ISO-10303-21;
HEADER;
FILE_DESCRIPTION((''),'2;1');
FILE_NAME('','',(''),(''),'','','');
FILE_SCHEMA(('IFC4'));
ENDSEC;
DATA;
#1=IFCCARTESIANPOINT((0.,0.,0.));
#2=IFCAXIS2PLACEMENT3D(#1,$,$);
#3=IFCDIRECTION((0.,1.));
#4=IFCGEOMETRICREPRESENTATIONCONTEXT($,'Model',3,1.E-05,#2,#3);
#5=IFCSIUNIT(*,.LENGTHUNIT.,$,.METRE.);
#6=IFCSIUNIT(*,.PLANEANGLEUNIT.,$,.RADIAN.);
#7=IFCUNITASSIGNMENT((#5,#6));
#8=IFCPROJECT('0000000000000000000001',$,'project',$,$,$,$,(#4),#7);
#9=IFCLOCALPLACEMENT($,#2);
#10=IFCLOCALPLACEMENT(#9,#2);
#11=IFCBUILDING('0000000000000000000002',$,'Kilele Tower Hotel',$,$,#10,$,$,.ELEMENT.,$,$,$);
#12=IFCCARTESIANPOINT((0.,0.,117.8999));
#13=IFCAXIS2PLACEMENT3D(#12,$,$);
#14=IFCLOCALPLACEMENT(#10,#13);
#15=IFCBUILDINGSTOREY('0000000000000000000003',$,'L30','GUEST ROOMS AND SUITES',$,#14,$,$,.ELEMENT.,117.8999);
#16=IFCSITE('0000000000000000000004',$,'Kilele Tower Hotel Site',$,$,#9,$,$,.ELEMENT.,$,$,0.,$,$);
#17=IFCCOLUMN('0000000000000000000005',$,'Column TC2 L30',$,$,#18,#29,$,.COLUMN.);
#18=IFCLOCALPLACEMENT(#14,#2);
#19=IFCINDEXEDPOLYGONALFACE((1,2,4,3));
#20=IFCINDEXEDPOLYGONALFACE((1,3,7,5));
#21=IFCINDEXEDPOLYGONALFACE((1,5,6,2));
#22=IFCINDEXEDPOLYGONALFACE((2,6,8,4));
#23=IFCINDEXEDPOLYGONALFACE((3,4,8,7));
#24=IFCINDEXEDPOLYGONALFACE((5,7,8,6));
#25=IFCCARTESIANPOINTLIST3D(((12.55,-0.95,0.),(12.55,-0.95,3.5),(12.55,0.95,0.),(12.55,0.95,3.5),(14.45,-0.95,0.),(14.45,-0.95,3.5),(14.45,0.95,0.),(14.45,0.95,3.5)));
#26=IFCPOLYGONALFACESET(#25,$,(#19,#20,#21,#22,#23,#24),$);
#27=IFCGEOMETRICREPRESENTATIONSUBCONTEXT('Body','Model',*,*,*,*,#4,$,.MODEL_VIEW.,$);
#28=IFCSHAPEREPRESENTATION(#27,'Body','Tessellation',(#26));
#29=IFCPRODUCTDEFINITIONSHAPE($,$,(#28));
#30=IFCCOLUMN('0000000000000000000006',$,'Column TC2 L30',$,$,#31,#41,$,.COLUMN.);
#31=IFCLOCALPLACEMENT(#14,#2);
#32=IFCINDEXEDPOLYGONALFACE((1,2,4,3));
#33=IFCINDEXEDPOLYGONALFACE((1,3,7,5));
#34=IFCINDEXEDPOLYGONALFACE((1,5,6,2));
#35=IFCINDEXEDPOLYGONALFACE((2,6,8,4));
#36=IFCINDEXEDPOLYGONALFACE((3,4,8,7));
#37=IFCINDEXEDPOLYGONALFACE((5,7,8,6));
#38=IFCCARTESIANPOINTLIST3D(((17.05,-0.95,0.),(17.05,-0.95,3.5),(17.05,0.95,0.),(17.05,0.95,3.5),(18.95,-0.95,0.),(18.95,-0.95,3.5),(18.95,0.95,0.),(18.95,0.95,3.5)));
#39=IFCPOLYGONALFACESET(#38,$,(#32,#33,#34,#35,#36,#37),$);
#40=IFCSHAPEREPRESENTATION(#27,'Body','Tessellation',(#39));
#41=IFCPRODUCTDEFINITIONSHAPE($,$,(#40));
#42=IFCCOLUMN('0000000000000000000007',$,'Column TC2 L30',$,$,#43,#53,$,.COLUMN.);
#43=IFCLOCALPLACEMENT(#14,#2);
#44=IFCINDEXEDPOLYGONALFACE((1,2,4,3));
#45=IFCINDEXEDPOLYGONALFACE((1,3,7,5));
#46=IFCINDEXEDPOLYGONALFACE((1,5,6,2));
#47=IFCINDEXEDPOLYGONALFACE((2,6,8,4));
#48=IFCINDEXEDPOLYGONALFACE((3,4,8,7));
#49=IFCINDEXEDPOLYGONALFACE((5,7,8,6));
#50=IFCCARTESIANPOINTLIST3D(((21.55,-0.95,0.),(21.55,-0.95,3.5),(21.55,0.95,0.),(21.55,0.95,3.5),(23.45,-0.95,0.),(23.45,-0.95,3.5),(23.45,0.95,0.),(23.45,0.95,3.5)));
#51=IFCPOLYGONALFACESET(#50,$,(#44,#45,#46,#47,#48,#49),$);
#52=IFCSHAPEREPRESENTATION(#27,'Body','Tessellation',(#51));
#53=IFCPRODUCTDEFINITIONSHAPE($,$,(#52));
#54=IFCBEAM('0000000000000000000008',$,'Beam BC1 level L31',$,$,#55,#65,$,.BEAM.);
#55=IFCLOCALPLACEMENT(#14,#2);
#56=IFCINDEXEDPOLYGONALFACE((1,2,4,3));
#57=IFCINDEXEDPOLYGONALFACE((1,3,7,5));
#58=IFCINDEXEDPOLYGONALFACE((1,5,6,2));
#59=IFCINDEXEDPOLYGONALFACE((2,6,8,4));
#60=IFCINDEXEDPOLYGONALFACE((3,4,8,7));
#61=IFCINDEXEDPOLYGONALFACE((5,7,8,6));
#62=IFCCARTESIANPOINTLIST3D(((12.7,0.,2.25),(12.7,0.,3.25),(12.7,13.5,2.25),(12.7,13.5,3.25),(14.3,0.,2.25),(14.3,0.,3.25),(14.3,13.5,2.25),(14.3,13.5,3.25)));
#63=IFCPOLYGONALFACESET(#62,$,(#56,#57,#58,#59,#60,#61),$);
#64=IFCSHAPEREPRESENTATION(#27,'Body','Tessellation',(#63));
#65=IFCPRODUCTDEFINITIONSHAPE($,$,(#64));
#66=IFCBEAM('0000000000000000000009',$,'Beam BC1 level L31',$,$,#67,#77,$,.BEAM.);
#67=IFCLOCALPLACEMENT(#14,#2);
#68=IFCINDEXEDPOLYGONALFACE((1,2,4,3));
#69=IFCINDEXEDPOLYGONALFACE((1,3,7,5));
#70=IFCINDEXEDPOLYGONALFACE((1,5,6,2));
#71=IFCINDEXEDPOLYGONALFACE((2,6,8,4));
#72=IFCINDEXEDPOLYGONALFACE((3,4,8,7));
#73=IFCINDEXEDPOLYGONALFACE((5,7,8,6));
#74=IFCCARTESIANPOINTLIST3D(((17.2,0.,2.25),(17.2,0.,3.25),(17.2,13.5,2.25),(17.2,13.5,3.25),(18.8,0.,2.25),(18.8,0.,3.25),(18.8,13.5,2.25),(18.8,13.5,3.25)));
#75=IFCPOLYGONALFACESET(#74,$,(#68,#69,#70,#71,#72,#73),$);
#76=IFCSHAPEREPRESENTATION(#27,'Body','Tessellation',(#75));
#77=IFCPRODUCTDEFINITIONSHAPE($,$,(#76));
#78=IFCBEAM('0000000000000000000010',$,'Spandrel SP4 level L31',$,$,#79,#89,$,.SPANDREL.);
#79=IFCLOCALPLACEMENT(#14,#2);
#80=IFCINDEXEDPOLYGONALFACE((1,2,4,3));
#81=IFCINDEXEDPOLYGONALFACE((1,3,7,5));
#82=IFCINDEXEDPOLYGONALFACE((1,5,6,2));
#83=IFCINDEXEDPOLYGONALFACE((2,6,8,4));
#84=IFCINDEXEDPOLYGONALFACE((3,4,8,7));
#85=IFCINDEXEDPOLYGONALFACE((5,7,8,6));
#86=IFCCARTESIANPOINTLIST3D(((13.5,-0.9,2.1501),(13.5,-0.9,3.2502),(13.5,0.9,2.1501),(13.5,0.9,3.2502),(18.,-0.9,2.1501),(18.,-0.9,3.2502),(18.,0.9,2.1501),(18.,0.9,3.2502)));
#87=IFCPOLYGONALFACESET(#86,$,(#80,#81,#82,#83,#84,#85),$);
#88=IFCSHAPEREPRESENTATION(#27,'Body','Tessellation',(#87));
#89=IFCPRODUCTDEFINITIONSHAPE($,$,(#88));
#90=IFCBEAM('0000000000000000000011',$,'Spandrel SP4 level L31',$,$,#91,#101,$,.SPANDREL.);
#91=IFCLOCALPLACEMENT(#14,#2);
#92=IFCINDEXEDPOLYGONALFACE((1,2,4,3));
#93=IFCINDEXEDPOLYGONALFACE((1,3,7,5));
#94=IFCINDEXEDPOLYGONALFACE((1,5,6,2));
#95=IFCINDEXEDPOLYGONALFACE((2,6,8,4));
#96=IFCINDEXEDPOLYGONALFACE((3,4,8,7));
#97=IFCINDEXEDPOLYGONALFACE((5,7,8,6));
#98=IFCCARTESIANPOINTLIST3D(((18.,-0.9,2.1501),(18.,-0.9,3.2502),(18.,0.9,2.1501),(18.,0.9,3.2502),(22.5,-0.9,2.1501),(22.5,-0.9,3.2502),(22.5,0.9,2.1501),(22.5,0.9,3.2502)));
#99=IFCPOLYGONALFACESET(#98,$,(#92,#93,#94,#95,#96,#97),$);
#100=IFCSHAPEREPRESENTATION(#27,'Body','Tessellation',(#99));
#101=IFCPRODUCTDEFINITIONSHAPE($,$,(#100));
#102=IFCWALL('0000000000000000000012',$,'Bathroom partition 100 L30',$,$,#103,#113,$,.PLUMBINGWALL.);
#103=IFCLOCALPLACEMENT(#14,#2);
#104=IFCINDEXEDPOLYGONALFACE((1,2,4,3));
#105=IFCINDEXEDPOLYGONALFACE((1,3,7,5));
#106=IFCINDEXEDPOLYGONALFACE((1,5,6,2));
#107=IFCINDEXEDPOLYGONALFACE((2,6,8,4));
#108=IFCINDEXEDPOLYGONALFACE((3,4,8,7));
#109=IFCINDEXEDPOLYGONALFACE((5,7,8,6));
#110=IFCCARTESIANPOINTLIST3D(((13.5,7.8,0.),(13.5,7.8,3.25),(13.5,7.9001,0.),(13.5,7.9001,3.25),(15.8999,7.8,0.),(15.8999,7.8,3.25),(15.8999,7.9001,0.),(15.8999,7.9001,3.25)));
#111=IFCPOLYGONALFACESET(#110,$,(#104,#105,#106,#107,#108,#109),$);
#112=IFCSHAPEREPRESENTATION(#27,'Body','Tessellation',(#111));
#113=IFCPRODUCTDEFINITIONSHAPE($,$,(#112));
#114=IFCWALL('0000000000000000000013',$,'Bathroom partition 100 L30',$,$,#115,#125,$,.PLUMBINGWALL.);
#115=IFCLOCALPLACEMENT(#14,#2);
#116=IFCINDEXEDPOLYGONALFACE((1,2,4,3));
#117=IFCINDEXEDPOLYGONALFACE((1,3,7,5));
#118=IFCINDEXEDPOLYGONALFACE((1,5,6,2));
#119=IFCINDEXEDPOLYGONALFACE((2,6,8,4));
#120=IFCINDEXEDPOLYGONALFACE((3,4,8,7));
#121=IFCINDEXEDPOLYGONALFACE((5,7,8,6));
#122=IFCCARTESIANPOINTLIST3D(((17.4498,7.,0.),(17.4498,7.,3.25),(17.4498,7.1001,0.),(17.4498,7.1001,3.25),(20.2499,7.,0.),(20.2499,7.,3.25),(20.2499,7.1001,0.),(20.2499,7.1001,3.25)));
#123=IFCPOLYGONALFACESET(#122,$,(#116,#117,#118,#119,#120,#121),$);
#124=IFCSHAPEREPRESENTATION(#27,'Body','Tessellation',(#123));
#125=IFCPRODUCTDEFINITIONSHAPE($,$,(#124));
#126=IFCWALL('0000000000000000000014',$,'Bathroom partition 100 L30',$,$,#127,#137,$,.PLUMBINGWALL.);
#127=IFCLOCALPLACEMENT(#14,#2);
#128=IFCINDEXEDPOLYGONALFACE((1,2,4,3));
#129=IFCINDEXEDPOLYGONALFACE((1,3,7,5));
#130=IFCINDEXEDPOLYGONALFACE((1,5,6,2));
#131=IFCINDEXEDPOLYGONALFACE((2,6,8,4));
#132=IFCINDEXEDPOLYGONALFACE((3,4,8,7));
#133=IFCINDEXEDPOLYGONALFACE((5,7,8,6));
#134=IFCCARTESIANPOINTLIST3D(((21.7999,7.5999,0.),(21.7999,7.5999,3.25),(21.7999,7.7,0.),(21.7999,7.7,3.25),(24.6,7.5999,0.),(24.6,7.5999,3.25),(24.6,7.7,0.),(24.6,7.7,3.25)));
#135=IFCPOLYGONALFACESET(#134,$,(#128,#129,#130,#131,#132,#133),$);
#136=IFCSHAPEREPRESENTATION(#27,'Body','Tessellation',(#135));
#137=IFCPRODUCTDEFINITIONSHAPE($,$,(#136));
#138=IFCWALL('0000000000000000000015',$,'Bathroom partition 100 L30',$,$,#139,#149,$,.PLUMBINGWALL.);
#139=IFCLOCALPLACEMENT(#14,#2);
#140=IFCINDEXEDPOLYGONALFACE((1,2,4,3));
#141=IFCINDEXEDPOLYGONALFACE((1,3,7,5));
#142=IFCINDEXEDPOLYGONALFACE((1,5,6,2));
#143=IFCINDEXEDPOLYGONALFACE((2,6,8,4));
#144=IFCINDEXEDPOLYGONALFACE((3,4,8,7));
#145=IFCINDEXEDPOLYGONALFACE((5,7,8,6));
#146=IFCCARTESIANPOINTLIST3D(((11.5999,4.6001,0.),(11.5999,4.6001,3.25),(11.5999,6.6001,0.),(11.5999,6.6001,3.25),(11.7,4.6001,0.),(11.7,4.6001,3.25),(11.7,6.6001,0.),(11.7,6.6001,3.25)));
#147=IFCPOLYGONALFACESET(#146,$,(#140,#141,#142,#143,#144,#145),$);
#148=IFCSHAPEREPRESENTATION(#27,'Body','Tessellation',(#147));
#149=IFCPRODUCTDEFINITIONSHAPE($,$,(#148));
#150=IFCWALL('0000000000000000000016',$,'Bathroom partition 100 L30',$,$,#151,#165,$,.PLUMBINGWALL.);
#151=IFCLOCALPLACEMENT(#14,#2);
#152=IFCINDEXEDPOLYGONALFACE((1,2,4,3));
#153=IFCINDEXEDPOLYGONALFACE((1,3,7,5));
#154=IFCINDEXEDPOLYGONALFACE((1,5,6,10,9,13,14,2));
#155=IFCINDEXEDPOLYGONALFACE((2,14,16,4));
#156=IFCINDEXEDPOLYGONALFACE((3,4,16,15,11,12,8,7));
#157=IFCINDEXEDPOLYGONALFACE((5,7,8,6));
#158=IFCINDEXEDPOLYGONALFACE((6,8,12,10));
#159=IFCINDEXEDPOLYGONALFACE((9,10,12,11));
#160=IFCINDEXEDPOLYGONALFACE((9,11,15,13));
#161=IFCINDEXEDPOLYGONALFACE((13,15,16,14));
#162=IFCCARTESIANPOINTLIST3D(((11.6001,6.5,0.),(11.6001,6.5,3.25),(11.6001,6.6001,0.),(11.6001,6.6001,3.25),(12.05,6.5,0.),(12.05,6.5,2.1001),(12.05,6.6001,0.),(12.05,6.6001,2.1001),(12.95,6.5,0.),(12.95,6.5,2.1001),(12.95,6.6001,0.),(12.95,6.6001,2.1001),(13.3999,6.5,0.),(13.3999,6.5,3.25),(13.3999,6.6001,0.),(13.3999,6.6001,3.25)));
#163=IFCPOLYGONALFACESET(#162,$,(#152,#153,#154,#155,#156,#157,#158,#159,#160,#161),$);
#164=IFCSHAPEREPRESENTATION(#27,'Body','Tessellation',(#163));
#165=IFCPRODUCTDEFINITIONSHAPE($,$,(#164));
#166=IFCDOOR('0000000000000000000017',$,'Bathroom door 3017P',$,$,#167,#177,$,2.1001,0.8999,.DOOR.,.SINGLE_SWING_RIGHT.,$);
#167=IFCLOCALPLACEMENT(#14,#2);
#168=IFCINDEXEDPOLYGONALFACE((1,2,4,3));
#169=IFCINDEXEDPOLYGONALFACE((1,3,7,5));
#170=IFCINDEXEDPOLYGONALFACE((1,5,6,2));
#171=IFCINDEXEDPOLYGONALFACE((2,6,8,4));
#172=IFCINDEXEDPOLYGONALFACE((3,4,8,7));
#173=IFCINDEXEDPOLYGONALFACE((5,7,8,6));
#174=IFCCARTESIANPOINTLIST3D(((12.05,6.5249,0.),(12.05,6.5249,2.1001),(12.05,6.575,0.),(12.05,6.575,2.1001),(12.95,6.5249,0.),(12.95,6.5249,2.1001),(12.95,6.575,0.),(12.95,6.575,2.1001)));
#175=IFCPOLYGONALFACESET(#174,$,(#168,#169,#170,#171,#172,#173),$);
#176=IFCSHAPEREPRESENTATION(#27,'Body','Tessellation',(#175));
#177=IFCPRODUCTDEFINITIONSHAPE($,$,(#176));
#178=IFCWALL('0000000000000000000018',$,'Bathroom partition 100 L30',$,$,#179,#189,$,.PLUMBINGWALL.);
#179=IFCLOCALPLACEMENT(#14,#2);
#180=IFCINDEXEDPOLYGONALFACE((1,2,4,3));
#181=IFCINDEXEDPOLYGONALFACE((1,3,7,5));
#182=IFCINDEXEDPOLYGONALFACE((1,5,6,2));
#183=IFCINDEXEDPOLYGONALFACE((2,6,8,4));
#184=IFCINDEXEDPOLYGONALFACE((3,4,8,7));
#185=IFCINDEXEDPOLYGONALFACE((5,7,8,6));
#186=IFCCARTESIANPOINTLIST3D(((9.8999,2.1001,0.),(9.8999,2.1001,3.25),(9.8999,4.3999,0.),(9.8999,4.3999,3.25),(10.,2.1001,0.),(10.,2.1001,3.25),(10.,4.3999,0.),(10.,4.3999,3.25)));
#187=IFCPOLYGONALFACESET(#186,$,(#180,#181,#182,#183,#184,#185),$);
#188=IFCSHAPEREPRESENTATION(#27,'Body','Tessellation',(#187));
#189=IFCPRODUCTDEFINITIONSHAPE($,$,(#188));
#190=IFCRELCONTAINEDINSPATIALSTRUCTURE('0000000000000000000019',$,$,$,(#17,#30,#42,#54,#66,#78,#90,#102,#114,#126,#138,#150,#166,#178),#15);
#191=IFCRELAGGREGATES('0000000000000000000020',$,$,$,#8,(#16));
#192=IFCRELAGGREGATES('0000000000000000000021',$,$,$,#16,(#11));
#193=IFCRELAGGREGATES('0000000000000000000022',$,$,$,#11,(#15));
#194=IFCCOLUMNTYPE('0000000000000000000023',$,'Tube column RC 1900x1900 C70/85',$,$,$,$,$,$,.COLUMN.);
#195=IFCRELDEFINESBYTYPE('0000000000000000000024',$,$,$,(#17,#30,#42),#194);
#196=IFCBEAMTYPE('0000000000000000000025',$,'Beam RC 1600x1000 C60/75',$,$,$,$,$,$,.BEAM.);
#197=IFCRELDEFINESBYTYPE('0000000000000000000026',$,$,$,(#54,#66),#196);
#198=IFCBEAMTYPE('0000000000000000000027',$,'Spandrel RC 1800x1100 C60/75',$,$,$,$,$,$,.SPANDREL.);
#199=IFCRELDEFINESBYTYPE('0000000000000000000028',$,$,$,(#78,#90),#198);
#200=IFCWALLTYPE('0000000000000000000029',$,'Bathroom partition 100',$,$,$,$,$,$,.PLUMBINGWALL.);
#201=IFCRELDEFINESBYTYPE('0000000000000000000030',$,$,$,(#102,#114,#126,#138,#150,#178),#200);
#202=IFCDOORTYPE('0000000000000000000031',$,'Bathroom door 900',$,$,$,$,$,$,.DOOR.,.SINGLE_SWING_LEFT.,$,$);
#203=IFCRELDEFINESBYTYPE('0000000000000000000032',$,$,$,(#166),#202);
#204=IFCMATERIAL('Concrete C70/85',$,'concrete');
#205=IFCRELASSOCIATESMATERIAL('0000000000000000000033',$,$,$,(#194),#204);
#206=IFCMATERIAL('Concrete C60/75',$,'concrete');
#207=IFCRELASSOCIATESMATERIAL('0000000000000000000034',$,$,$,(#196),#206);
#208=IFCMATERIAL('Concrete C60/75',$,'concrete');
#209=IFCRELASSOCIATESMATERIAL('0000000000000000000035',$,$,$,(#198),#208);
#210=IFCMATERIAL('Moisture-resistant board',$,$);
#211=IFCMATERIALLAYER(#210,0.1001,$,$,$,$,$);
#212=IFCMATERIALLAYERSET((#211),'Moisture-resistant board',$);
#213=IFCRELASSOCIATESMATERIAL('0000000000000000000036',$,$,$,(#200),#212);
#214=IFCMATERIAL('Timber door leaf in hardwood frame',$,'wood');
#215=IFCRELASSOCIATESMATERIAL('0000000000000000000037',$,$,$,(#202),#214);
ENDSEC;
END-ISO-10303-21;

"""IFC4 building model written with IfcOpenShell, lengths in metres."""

from ifc_helpers import new_model, si_unit, direction, frame, frame_2d, origin, origin_2d, place, context, subcontext, project, spatial, rectangle, extrude, material, layer, layer_set, material_profile, profile_set, type_object, element, fill, save


model = new_model("IFC4")

# Units and contexts
model_context = context("Model", 3, precision=1e-05, world=origin(), true_north=direction((0.0, 1.0)))
body_context = subcontext(model_context, "Body", "Model", "MODEL_VIEW")
ifc_project = project(units=[si_unit("LENGTHUNIT", "METRE"), si_unit("PLANEANGLEUNIT", "RADIAN")], contexts=[model_context])

# Site, building, storey
site_placement = place(None, origin())
site = spatial("IfcSite", under=ifc_project, at=site_placement, Name="Kilele Tower Hotel Site", CompositionType="ELEMENT", RefElevation=0.0)
building_placement = place(site_placement, origin())
building = spatial("IfcBuilding", under=site, at=building_placement, Name="Kilele Tower Hotel", CompositionType="ELEMENT")
storey_placement = place(building_placement, frame((0.0, 0.0, 117.8999)))
storey = spatial("IfcBuildingStorey", under=building, at=storey_placement, Name="L30", Description="GUEST ROOMS AND SUITES", CompositionType="ELEMENT", Elevation=117.8999)

# Columns
ifc_material_1 = material(Name="Concrete C70/85", Category="concrete")
ifc_material_profile_1 = material_profile(ifc_material_1, rectangle(XDim=1.8999, YDim=1.8999, at=origin_2d()))
ifc_profile_set_1 = profile_set([ifc_material_profile_1], Name="Concrete C70/85")
column_type = type_object("IfcColumnType", Name="Tube column RC 1900x1900 C70/85", PredefinedType="COLUMN", material=ifc_profile_set_1)
for number, where, z_axis, x_axis, name in (
    (1, (13.5, 0.0, 0.0), (0.0, 0.0, 1.0), (1.0, 0.0, 0.0), "Column TC2 L30"),
    (2, (18.0, 0.0, 0.0), (0.0, 0.0, 1.0), (1.0, 0.0, 0.0), "Column TC2 L30"),
    (3, (22.5, 0.0, 0.0), (0.0, 0.0, 1.0), (1.0, 0.0, 0.0), "Column TC2 L30"),
):
    element("IfcColumn", number, at=place(storey_placement, frame(where, z_axis=z_axis, x_axis=x_axis)), inside=storey, type_object=column_type, Name=name, PredefinedType="COLUMN", context=body_context, shape_type="SweptSolid", body=[
        extrude(rectangle(XDim=1.8999, YDim=1.8999, at=origin_2d()), origin(), (0.0, 0.0, 1.0), 3.5),
    ])

# Beams
ifc_material_2 = material(Name="Concrete C60/75", Category="concrete")
ifc_material_profile_2 = material_profile(ifc_material_2, rectangle(XDim=1.6001, YDim=1.0, at=origin_2d()))
ifc_profile_set_2 = profile_set([ifc_material_profile_2], Name="Concrete C60/75")
beam_type_1 = type_object("IfcBeamType", Name="Beam RC 1600x1000 C60/75", PredefinedType="BEAM", material=ifc_profile_set_2)
for number, where, z_axis, x_axis, name in (
    (4, (13.5, 0.0, 2.75), (0.0, 1.0, 0.0), (-1.0, 0.0, 0.0), "Beam BC1 level L31"),
    (5, (18.0, 0.0, 2.75), (0.0, 1.0, 0.0), (-1.0, 0.0, 0.0), "Beam BC1 level L31"),
):
    element("IfcBeam", number, at=place(storey_placement, frame(where, z_axis=z_axis, x_axis=x_axis)), inside=storey, type_object=beam_type_1, Name=name, PredefinedType="BEAM", context=body_context, shape_type="SweptSolid", body=[
        extrude(rectangle(XDim=1.6001, YDim=1.0, at=origin_2d()), origin(), (0.0, 0.0, 1.0), 13.5),
    ])
ifc_material_3 = material(Name="Concrete C60/75", Category="concrete")
ifc_material_profile_3 = material_profile(ifc_material_3, rectangle(XDim=1.8, YDim=1.1001, at=origin_2d()))
ifc_profile_set_3 = profile_set([ifc_material_profile_3], Name="Concrete C60/75")
beam_type_2 = type_object("IfcBeamType", Name="Spandrel RC 1800x1100 C60/75", PredefinedType="SPANDREL", material=ifc_profile_set_3)
for number, where, z_axis, x_axis, name in (
    (6, (13.5, 0.0, 2.7002), (1.0, 0.0, 0.0), (0.0, 1.0, 0.0), "Spandrel SP4 level L31"),
    (7, (18.0, 0.0, 2.7002), (1.0, 0.0, 0.0), (0.0, 1.0, 0.0), "Spandrel SP4 level L31"),
):
    element("IfcBeam", number, at=place(storey_placement, frame(where, z_axis=z_axis, x_axis=x_axis)), inside=storey, type_object=beam_type_2, Name=name, PredefinedType="SPANDREL", context=body_context, shape_type="SweptSolid", body=[
        extrude(rectangle(XDim=1.8, YDim=1.1001, at=origin_2d()), origin(), (0.0, 0.0, 1.0), 4.5),
    ])

# Walls
ifc_material_4 = material(Name="Moisture-resistant board")
ifc_layer_1 = layer(ifc_material_4, 0.1001)
ifc_layer_set_1 = layer_set([ifc_layer_1], Name="Moisture-resistant board")
wall_type_1 = type_object("IfcWallType", Name="Bathroom partition 100", PredefinedType="PLUMBINGWALL", material=ifc_layer_set_1)
wall_1_placement = place(storey_placement, frame((13.5, 7.8501, 0.0), z_axis=(0.0, 0.0, 1.0), x_axis=(1.0, 0.0, 0.0)))
element("IfcWall", 8, at=wall_1_placement, inside=storey, type_object=wall_type_1, Name="Bathroom partition 100 L30", PredefinedType="PLUMBINGWALL", context=body_context, shape_type="SweptSolid", body=[
    extrude(rectangle(XDim=2.3999, YDim=0.1001, at=frame_2d((1.2, 0.0))), origin(), (0.0, 0.0, 1.0), 3.25),
])
for number, where, z_axis, x_axis, name in (
    (9, (17.45, 7.05, 0.0), (0.0, 0.0, 1.0), (1.0, 0.0, 0.0), "Bathroom partition 100 L30"),
    (10, (21.8, 7.6499, 0.0), (0.0, 0.0, 1.0), (1.0, 0.0, 0.0), "Bathroom partition 100 L30"),
):
    element("IfcWall", number, at=place(storey_placement, frame(where, z_axis=z_axis, x_axis=x_axis)), inside=storey, type_object=wall_type_1, Name=name, PredefinedType="PLUMBINGWALL", context=body_context, shape_type="SweptSolid", body=[
        extrude(rectangle(XDim=2.8, YDim=0.1001, at=frame_2d((1.3999, 0.0))), origin(), (0.0, 0.0, 1.0), 3.25),
    ])
wall_2_placement = place(storey_placement, frame((11.6499, 4.6001, 0.0), z_axis=(0.0, 0.0, 1.0), x_axis=(0.0, 1.0, 0.0)))
element("IfcWall", 11, at=wall_2_placement, inside=storey, type_object=wall_type_1, Name="Bathroom partition 100 L30", PredefinedType="PLUMBINGWALL", context=body_context, shape_type="SweptSolid", body=[
    extrude(rectangle(XDim=2.0, YDim=0.1001, at=frame_2d((1.0, 0.0))), origin(), (0.0, 0.0, 1.0), 3.25),
])

# Wall, opening, door
wall_3_placement = place(storey_placement, frame((13.3999, 6.55, 0.0), z_axis=(0.0, 0.0, 1.0), x_axis=(-1.0, 0.0, 0.0)))
wall_3 = element("IfcWall", 12, at=wall_3_placement, inside=storey, type_object=wall_type_1, Name="Bathroom partition 100 L30", PredefinedType="PLUMBINGWALL", context=body_context, shape_type="SweptSolid", body=[
    extrude(rectangle(XDim=1.7998, YDim=0.1001, at=frame_2d((0.8999, 0.0))), origin(), (0.0, 0.0, 1.0), 3.25),
])
opening_1_placement = place(wall_3_placement, frame((1.3499, 0.0, 0.0), z_axis=(0.0, 0.0, 1.0), x_axis=(-1.0, 0.0, 0.0)))
opening_1 = element("IfcOpeningElement", 13, at=opening_1_placement, cuts=wall_3, PredefinedType="OPENING", context=body_context, shape_type="SweptSolid", body=[
    extrude(rectangle(XDim=0.8999, YDim=2.1001, at=frame_2d((0.45, 1.05))), frame((0.0, 0.0601, 0.0), z_axis=(0.0, -1.0, 0.0), x_axis=(1.0, 0.0, 0.0)), (0.0, 0.0, 1.0), 0.1201),
])
ifc_material_5 = material(Name="Timber door leaf in hardwood frame", Category="wood")
door_type_1 = type_object("IfcDoorType", Name="Bathroom door 900", OperationType="SINGLE_SWING_LEFT", PredefinedType="DOOR", material=ifc_material_5)
door_1_placement = place(opening_1_placement, origin())
door_1 = element("IfcDoor", 14, at=door_1_placement, inside=storey, type_object=door_type_1, Name="Bathroom door 3017P", OperationType="SINGLE_SWING_RIGHT", OverallHeight=2.1001, OverallWidth=0.8999, PredefinedType="DOOR", context=body_context, shape_type="SweptSolid", body=[
    extrude(rectangle(XDim=0.8999, YDim=2.1001, at=frame_2d((0.45, 1.05))), frame((0.0, 0.0249, 0.0), z_axis=(0.0, -1.0, 0.0), x_axis=(1.0, 0.0, 0.0)), (0.0, 0.0, 1.0), 0.05),
])
fill(opening_1, door_1)

# Wall
wall_4_placement = place(storey_placement, frame((9.95, 4.3999, 0.0), z_axis=(0.0, 0.0, 1.0), x_axis=(0.0, -1.0, 0.0)))
element("IfcWall", 15, at=wall_4_placement, inside=storey, type_object=wall_type_1, Name="Bathroom partition 100 L30", PredefinedType="PLUMBINGWALL", context=body_context, shape_type="SweptSolid", body=[
    extrude(rectangle(XDim=2.2998, YDim=0.1001, at=frame_2d((1.1499, 0.0))), origin(), (0.0, 0.0, 1.0), 3.25),
])

save(model, "model.ifc")
